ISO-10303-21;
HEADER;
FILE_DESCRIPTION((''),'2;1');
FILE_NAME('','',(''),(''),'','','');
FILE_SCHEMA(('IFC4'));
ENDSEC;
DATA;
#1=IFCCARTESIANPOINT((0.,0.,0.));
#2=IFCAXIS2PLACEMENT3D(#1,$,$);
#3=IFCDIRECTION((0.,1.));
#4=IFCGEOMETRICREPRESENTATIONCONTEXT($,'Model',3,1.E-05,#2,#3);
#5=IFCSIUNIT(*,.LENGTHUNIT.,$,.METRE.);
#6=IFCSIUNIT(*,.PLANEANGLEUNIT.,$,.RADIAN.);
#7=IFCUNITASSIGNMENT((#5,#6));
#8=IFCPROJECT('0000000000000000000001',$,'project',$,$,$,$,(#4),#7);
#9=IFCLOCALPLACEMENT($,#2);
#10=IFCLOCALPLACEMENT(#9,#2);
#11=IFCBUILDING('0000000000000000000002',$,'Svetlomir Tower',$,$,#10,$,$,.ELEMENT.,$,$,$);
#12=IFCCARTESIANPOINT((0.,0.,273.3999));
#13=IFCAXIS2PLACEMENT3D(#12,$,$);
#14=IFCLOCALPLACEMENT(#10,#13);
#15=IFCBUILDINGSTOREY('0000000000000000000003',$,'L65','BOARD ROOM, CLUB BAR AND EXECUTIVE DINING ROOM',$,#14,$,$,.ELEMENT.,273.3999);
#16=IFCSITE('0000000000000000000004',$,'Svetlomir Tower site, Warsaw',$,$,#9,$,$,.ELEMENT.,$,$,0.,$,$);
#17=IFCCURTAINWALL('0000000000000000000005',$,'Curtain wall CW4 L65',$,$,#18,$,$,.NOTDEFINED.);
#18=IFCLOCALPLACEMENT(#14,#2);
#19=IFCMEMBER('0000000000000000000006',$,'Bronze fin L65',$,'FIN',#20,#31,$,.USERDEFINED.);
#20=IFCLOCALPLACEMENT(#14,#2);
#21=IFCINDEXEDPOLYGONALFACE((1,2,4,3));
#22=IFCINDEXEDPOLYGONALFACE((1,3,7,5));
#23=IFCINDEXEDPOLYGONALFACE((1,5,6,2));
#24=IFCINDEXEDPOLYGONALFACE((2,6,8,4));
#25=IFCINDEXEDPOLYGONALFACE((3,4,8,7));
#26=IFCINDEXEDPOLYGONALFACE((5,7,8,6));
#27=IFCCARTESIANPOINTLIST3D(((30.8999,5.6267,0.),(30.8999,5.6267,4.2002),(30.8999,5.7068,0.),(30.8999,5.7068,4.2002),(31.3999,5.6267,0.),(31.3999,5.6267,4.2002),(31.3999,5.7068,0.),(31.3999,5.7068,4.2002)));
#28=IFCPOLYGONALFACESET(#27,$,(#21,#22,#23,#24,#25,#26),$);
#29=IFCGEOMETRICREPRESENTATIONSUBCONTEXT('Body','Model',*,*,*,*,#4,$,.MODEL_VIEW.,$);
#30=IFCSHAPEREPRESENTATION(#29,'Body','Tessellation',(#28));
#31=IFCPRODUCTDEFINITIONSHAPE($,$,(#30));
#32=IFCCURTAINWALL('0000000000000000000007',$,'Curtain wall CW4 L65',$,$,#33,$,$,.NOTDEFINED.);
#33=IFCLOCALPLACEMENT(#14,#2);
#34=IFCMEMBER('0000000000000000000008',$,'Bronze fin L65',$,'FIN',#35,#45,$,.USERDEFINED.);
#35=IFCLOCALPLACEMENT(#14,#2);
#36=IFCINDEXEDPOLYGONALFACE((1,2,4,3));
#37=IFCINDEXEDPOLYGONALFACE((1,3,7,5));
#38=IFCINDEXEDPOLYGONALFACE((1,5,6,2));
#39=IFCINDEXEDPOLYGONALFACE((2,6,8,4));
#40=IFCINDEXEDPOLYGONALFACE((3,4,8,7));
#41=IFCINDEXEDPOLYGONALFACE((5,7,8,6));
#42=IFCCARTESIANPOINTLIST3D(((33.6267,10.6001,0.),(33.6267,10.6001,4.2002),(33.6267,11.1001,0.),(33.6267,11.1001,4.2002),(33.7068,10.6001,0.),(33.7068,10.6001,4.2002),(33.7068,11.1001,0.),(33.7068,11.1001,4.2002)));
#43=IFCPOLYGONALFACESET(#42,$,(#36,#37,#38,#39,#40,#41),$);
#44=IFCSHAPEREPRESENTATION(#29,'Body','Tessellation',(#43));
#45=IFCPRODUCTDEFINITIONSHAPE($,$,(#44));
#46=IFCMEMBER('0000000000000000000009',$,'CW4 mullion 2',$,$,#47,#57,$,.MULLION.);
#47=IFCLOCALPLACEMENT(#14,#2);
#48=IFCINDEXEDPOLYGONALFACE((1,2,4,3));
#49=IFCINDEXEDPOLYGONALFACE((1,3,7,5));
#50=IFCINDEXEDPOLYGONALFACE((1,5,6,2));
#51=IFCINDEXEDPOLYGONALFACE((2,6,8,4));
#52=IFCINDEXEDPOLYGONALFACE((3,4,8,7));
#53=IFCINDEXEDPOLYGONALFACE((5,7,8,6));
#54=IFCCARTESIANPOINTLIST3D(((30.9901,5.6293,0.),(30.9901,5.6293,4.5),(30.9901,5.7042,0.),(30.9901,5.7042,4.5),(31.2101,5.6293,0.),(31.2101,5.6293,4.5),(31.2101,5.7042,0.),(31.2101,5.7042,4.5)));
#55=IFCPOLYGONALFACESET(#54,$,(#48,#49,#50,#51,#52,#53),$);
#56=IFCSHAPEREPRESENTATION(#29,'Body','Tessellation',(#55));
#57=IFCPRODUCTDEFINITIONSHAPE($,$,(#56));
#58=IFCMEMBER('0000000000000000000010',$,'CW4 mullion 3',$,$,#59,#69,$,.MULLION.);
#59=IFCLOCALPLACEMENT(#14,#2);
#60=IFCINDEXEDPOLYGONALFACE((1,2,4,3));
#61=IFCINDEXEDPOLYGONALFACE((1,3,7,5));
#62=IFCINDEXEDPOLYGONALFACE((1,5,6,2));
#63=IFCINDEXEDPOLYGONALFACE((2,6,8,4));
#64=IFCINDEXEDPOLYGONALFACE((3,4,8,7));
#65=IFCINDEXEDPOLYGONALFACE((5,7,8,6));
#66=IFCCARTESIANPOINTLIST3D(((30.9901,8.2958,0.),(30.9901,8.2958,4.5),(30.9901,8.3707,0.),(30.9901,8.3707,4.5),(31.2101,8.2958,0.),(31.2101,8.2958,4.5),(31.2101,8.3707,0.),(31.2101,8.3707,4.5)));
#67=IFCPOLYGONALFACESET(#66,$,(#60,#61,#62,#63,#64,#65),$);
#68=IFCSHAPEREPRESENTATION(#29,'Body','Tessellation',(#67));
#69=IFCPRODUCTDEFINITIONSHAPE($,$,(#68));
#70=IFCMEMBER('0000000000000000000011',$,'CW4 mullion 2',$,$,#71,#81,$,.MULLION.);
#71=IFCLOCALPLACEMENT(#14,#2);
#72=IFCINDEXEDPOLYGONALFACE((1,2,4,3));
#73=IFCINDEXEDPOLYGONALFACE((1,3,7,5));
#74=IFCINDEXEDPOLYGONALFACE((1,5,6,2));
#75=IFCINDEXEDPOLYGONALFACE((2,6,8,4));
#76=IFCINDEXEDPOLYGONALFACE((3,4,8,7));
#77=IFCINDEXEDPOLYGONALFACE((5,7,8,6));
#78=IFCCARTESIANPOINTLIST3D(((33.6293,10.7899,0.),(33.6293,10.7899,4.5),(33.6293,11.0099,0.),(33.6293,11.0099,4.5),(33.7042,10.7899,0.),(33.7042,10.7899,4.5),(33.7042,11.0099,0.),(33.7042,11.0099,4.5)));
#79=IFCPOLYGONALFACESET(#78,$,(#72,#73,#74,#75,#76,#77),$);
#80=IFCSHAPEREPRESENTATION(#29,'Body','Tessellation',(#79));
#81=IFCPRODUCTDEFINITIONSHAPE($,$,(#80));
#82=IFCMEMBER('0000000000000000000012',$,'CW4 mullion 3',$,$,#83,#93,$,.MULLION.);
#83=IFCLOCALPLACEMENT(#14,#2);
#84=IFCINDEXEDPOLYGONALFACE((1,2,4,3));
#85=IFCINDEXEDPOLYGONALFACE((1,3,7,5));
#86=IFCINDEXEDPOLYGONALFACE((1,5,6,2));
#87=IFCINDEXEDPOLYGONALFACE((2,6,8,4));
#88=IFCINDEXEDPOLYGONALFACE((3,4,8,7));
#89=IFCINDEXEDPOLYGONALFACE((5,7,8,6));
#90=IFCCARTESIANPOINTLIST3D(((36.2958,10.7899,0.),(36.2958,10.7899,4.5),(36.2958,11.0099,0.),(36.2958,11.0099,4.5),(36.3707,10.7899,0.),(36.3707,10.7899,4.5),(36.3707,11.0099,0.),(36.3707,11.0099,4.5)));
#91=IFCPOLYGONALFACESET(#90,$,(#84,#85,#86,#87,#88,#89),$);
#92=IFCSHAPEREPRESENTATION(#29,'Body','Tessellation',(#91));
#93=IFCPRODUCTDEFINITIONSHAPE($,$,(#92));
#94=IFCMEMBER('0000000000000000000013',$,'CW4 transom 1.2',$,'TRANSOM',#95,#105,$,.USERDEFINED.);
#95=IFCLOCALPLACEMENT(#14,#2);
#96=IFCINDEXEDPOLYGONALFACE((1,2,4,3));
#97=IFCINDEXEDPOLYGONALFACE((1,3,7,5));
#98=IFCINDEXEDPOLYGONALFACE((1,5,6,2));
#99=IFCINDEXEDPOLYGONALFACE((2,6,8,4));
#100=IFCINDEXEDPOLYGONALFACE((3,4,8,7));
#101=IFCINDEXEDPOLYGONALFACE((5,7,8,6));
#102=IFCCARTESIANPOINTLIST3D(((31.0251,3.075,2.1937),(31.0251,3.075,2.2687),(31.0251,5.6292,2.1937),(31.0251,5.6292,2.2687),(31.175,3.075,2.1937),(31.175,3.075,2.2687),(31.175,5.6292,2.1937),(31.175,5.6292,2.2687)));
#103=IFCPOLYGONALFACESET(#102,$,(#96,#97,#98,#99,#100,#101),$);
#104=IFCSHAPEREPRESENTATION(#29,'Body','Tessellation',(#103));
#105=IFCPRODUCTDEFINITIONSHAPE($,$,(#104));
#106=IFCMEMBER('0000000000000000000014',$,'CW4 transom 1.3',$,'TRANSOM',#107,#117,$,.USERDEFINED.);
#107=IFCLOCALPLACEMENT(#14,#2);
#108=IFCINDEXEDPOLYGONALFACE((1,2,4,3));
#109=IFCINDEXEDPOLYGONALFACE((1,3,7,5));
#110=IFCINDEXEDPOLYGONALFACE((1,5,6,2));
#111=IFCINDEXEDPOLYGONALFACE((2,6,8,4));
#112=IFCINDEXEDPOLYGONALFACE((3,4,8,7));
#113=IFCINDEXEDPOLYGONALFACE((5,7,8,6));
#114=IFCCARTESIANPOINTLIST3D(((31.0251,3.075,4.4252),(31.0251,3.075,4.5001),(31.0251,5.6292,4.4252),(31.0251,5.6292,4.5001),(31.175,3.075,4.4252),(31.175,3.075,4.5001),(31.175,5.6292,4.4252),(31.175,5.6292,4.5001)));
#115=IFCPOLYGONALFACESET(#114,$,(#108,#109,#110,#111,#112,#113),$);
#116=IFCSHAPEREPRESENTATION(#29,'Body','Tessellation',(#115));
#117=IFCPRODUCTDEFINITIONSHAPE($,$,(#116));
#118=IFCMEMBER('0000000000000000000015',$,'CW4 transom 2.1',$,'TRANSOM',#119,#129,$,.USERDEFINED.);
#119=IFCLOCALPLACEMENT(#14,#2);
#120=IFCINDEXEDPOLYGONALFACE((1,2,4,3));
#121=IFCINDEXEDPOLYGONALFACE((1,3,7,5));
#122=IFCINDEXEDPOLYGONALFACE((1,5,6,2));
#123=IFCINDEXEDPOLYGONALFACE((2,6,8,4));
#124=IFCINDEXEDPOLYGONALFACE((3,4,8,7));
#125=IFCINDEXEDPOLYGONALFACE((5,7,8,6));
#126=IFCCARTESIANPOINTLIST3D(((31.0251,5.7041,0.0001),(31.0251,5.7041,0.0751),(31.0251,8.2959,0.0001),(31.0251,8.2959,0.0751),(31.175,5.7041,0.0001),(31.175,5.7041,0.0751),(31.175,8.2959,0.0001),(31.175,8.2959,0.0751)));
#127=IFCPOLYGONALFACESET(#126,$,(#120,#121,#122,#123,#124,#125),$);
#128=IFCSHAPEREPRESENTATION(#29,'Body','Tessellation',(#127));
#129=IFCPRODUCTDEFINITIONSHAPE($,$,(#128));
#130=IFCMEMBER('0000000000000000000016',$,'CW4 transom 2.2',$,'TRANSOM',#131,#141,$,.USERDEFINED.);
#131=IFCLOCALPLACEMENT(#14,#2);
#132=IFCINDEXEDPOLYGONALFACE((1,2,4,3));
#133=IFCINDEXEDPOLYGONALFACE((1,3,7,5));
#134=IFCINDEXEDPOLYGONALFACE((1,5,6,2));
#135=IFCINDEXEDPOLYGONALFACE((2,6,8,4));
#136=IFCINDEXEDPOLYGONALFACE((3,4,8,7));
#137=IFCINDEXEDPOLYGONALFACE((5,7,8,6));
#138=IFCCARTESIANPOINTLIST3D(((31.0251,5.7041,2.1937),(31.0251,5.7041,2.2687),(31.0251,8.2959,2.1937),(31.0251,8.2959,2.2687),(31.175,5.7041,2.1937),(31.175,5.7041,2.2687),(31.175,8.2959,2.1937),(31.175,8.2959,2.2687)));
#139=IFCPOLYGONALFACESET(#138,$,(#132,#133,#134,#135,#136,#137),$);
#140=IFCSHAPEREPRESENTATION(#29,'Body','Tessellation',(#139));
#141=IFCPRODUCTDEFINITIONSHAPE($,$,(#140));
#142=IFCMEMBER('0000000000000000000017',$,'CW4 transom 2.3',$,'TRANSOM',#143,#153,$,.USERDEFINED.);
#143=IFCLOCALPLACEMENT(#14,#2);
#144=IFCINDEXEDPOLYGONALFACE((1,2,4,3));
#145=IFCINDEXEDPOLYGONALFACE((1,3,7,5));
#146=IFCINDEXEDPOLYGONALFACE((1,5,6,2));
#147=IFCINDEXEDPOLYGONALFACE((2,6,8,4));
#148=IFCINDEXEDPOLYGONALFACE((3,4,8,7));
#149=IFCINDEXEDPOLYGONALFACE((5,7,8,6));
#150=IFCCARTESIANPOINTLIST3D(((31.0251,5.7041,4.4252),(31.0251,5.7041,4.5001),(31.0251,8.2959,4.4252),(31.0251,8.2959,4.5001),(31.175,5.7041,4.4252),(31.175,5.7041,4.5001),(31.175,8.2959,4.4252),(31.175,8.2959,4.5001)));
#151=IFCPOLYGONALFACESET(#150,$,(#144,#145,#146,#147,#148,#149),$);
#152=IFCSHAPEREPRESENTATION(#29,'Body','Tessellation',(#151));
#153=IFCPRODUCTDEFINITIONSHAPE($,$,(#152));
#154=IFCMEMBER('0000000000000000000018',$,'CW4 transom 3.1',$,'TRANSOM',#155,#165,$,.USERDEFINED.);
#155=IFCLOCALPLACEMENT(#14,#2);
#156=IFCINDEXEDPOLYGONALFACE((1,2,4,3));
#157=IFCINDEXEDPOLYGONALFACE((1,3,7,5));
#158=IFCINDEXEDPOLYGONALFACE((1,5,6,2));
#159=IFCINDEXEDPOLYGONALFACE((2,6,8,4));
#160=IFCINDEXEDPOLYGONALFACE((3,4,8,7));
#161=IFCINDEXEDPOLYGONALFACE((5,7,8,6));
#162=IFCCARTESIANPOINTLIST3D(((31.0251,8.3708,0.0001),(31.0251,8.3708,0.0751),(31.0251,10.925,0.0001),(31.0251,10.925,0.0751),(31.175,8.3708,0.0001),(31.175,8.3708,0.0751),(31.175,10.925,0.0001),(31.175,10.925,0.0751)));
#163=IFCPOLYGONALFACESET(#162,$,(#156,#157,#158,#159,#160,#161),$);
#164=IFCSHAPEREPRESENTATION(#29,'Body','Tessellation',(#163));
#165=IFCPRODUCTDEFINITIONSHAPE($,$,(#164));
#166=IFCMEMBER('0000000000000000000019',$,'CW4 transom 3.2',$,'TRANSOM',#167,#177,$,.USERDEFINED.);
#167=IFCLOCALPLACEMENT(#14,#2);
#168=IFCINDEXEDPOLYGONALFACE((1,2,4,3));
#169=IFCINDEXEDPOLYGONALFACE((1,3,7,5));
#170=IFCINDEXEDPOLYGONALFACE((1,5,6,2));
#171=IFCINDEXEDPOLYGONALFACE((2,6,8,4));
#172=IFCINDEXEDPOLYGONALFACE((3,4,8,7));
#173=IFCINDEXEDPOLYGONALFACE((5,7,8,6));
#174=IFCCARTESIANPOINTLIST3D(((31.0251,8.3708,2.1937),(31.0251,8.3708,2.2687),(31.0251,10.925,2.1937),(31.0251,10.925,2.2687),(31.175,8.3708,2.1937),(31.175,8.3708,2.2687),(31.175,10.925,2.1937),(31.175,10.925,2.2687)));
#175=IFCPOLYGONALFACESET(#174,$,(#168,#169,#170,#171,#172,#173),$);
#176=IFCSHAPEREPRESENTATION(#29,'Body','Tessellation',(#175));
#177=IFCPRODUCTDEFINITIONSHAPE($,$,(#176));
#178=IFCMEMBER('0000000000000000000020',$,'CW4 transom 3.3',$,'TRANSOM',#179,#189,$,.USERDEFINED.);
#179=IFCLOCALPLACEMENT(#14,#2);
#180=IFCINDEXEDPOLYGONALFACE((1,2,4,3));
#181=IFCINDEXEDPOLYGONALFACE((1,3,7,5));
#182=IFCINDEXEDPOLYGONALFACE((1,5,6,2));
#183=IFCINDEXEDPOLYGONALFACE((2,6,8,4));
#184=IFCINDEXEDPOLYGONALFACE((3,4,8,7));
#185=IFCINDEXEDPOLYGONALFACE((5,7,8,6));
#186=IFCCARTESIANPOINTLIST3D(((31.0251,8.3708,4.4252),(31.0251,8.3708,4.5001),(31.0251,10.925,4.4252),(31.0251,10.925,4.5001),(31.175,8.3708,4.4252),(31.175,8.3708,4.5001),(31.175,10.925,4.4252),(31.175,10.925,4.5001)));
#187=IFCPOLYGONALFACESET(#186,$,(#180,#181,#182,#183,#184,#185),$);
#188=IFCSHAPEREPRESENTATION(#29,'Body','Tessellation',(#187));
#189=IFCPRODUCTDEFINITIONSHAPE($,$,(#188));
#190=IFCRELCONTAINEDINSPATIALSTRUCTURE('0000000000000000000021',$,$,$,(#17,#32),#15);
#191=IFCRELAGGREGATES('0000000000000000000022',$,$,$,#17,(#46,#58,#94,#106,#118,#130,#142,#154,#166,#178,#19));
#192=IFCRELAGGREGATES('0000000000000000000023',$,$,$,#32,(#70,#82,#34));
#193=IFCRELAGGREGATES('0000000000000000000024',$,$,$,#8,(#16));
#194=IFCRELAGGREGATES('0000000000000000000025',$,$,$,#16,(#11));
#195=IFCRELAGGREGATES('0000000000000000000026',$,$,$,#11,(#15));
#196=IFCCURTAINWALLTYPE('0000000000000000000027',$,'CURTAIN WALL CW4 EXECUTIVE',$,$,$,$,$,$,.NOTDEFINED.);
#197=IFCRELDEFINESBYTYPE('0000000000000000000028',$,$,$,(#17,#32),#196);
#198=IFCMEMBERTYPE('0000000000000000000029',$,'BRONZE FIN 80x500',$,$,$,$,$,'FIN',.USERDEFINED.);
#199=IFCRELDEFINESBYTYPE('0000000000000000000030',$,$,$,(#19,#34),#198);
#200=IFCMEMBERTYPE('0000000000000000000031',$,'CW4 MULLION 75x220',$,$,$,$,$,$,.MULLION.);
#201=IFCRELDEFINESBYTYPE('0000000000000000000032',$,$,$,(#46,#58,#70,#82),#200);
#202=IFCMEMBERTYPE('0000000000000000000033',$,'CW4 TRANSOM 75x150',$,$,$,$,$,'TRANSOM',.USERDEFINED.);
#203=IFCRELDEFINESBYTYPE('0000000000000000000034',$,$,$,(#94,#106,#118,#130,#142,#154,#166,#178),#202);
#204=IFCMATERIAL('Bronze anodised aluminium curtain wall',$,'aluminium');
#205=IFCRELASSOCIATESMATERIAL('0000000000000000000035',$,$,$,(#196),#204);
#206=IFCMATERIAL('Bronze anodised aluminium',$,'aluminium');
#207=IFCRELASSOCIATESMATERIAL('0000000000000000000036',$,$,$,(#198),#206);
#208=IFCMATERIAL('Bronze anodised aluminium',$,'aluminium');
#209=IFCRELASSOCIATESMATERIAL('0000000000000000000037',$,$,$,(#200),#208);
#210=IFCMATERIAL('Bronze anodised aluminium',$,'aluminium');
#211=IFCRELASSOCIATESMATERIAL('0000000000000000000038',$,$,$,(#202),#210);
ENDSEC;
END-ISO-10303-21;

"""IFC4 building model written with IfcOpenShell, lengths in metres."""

from ifc_helpers import new_model, si_unit, direction, frame, origin, origin_2d, place, context, subcontext, project, spatial, rectangle, extrude, material, material_profile, profile_set, type_object, element, aggregate, save


model = new_model("IFC4")

# Units and contexts
model_context = context("Model", 3, precision=1e-05, world=origin(), true_north=direction((0.0, 1.0)))
body_context = subcontext(model_context, "Body", "Model", "MODEL_VIEW")
ifc_project = project(units=[si_unit("LENGTHUNIT", "METRE"), si_unit("PLANEANGLEUNIT", "RADIAN")], contexts=[model_context])

# Site, building, storey
site_placement = place(None, origin())
site = spatial("IfcSite", under=ifc_project, at=site_placement, Name="Svetlomir Tower site, Warsaw", CompositionType="ELEMENT", RefElevation=0.0)
building_placement = place(site_placement, origin())
building = spatial("IfcBuilding", under=site, at=building_placement, Name="Svetlomir Tower", CompositionType="ELEMENT")
storey_placement = place(building_placement, frame((0.0, 0.0, 273.3999)))
storey = spatial("IfcBuildingStorey", under=building, at=storey_placement, Name="L65", Description="BOARD ROOM, CLUB BAR AND EXECUTIVE DINING ROOM", CompositionType="ELEMENT", Elevation=273.3999)

# Curtain walls, members
ifc_material_1 = material(Name="Bronze anodised aluminium curtain wall", Category="aluminium")
curtain_wall_type = type_object("IfcCurtainWallType", Name="CURTAIN WALL CW4 EXECUTIVE", PredefinedType="NOTDEFINED", material=ifc_material_1)
curtain_wall_1_placement = place(storey_placement, origin())
curtain_wall_1 = element("IfcCurtainWall", 1, at=curtain_wall_1_placement, inside=storey, type_object=curtain_wall_type, Name="Curtain wall CW4 L65", PredefinedType="NOTDEFINED")
ifc_material_2 = material(Name="Bronze anodised aluminium", Category="aluminium")
ifc_material_profile_1 = material_profile(ifc_material_2, rectangle(XDim=0.0801, YDim=0.5, at=origin_2d()), Name="FIN 80x500")
ifc_profile_set_1 = profile_set([ifc_material_profile_1], Name="Bronze anodised aluminium 6063-T6")
member_type_1 = type_object("IfcMemberType", Name="BRONZE FIN 80x500", ElementType="FIN", PredefinedType="USERDEFINED", material=ifc_profile_set_1)
member_1_placement = place(storey_placement, frame((31.1499, 5.6667, 0.0), z_axis=(0.0, 0.0, 1.0), x_axis=(0.0, 1.0, 0.0)))
member_1 = element("IfcMember", 2, at=member_1_placement, type_object=member_type_1, Name="Bronze fin L65", ObjectType="FIN", PredefinedType="USERDEFINED", context=body_context, shape_type="SweptSolid", body=[
    extrude(rectangle(XDim=0.0801, YDim=0.5, at=origin_2d()), origin(), (0.0, 0.0, 1.0), 4.2002),
])
curtain_wall_2_placement = place(storey_placement, origin())
curtain_wall_2 = element("IfcCurtainWall", 3, at=curtain_wall_2_placement, inside=storey, type_object=curtain_wall_type, Name="Curtain wall CW4 L65", PredefinedType="NOTDEFINED")
member_2_placement = place(storey_placement, frame((33.6667, 10.8501, 0.0), z_axis=(0.0, 0.0, 1.0), x_axis=(1.0, 0.0, 0.0)))
member_2 = element("IfcMember", 4, at=member_2_placement, type_object=member_type_1, Name="Bronze fin L65", ObjectType="FIN", PredefinedType="USERDEFINED", context=body_context, shape_type="SweptSolid", body=[
    extrude(rectangle(XDim=0.0801, YDim=0.5, at=origin_2d()), origin(), (0.0, 0.0, 1.0), 4.2002),
])

# Members
ifc_material_3 = material(Name="Bronze anodised aluminium", Category="aluminium")
ifc_material_profile_2 = material_profile(ifc_material_3, rectangle(XDim=0.075, YDim=0.22, at=origin_2d()), Name="AL 75x220")
ifc_profile_set_2 = profile_set([ifc_material_profile_2], Name="Bronze anodised aluminium 6063-T6")
member_type_2 = type_object("IfcMemberType", Name="CW4 MULLION 75x220", PredefinedType="MULLION", material=ifc_profile_set_2)
member_3_placement = place(storey_placement, frame((31.1001, 5.6667, 0.0), z_axis=(0.0, 0.0, 1.0), x_axis=(0.0, 1.0, 0.0)))
member_3 = element("IfcMember", 5, at=member_3_placement, type_object=member_type_2, Name="CW4 mullion 2", PredefinedType="MULLION", context=body_context, shape_type="SweptSolid", body=[
    extrude(rectangle(XDim=0.075, YDim=0.22, at=origin_2d()), origin(), (0.0, 0.0, 1.0), 4.5),
])
member_4_placement = place(storey_placement, frame((31.1001, 8.3333, 0.0), z_axis=(0.0, 0.0, 1.0), x_axis=(0.0, 1.0, 0.0)))
member_4 = element("IfcMember", 6, at=member_4_placement, type_object=member_type_2, Name="CW4 mullion 3", PredefinedType="MULLION", context=body_context, shape_type="SweptSolid", body=[
    extrude(rectangle(XDim=0.075, YDim=0.22, at=origin_2d()), origin(), (0.0, 0.0, 1.0), 4.5),
])
member_5_placement = place(storey_placement, frame((33.6667, 10.8999, 0.0), z_axis=(0.0, 0.0, 1.0), x_axis=(1.0, 0.0, 0.0)))
member_5 = element("IfcMember", 7, at=member_5_placement, type_object=member_type_2, Name="CW4 mullion 2", PredefinedType="MULLION", context=body_context, shape_type="SweptSolid", body=[
    extrude(rectangle(XDim=0.075, YDim=0.22, at=origin_2d()), origin(), (0.0, 0.0, 1.0), 4.5),
])
member_6_placement = place(storey_placement, frame((36.3333, 10.8999, 0.0), z_axis=(0.0, 0.0, 1.0), x_axis=(1.0, 0.0, 0.0)))
member_6 = element("IfcMember", 8, at=member_6_placement, type_object=member_type_2, Name="CW4 mullion 3", PredefinedType="MULLION", context=body_context, shape_type="SweptSolid", body=[
    extrude(rectangle(XDim=0.075, YDim=0.22, at=origin_2d()), origin(), (0.0, 0.0, 1.0), 4.5),
])
ifc_material_4 = material(Name="Bronze anodised aluminium", Category="aluminium")
ifc_material_profile_3 = material_profile(ifc_material_4, rectangle(XDim=0.1499, YDim=0.075, at=origin_2d()), Name="AL 150x75")
ifc_profile_set_3 = profile_set([ifc_material_profile_3], Name="Bronze anodised aluminium 6063-T6")
member_type_3 = type_object("IfcMemberType", Name="CW4 TRANSOM 75x150", ElementType="TRANSOM", PredefinedType="USERDEFINED", material=ifc_profile_set_3)
member_7_placement = place(storey_placement, frame((31.1001, 3.075, 2.2312), z_axis=(0.0, 1.0, 0.0), x_axis=(-1.0, 0.0, 0.0)))
member_7 = element("IfcMember", 9, at=member_7_placement, type_object=member_type_3, Name="CW4 transom 1.2", ObjectType="TRANSOM", PredefinedType="USERDEFINED", context=body_context, shape_type="SweptSolid", body=[
    extrude(rectangle(XDim=0.1499, YDim=0.075, at=origin_2d()), origin(), (0.0, 0.0, 1.0), 2.5542),
])
member_8_placement = place(storey_placement, frame((31.1001, 3.075, 4.4626), z_axis=(0.0, 1.0, 0.0), x_axis=(-1.0, 0.0, 0.0)))
member_8 = element("IfcMember", 10, at=member_8_placement, type_object=member_type_3, Name="CW4 transom 1.3", ObjectType="TRANSOM", PredefinedType="USERDEFINED", context=body_context, shape_type="SweptSolid", body=[
    extrude(rectangle(XDim=0.1499, YDim=0.075, at=origin_2d()), origin(), (0.0, 0.0, 1.0), 2.5542),
])
member_9_placement = place(storey_placement, frame((31.1001, 5.7041, 0.0376), z_axis=(0.0, 1.0, 0.0), x_axis=(-1.0, 0.0, 0.0)))
member_9 = element("IfcMember", 11, at=member_9_placement, type_object=member_type_3, Name="CW4 transom 2.1", ObjectType="TRANSOM", PredefinedType="USERDEFINED", context=body_context, shape_type="SweptSolid", body=[
    extrude(rectangle(XDim=0.1499, YDim=0.075, at=origin_2d()), origin(), (0.0, 0.0, 1.0), 2.5918),
])
member_10_placement = place(storey_placement, frame((31.1001, 5.7041, 2.2312), z_axis=(0.0, 1.0, 0.0), x_axis=(-1.0, 0.0, 0.0)))
member_10 = element("IfcMember", 12, at=member_10_placement, type_object=member_type_3, Name="CW4 transom 2.2", ObjectType="TRANSOM", PredefinedType="USERDEFINED", context=body_context, shape_type="SweptSolid", body=[
    extrude(rectangle(XDim=0.1499, YDim=0.075, at=origin_2d()), origin(), (0.0, 0.0, 1.0), 2.5918),
])
member_11_placement = place(storey_placement, frame((31.1001, 5.7041, 4.4626), z_axis=(0.0, 1.0, 0.0), x_axis=(-1.0, 0.0, 0.0)))
member_11 = element("IfcMember", 13, at=member_11_placement, type_object=member_type_3, Name="CW4 transom 2.3", ObjectType="TRANSOM", PredefinedType="USERDEFINED", context=body_context, shape_type="SweptSolid", body=[
    extrude(rectangle(XDim=0.1499, YDim=0.075, at=origin_2d()), origin(), (0.0, 0.0, 1.0), 2.5918),
])
member_12_placement = place(storey_placement, frame((31.1001, 8.3708, 0.0376), z_axis=(0.0, 1.0, 0.0), x_axis=(-1.0, 0.0, 0.0)))
member_12 = element("IfcMember", 14, at=member_12_placement, type_object=member_type_3, Name="CW4 transom 3.1", ObjectType="TRANSOM", PredefinedType="USERDEFINED", context=body_context, shape_type="SweptSolid", body=[
    extrude(rectangle(XDim=0.1499, YDim=0.075, at=origin_2d()), origin(), (0.0, 0.0, 1.0), 2.5542),
])
member_13_placement = place(storey_placement, frame((31.1001, 8.3708, 2.2312), z_axis=(0.0, 1.0, 0.0), x_axis=(-1.0, 0.0, 0.0)))
member_13 = element("IfcMember", 15, at=member_13_placement, type_object=member_type_3, Name="CW4 transom 3.2", ObjectType="TRANSOM", PredefinedType="USERDEFINED", context=body_context, shape_type="SweptSolid", body=[
    extrude(rectangle(XDim=0.1499, YDim=0.075, at=origin_2d()), origin(), (0.0, 0.0, 1.0), 2.5542),
])
member_14_placement = place(storey_placement, frame((31.1001, 8.3708, 4.4626), z_axis=(0.0, 1.0, 0.0), x_axis=(-1.0, 0.0, 0.0)))
member_14 = element("IfcMember", 16, at=member_14_placement, type_object=member_type_3, Name="CW4 transom 3.3", ObjectType="TRANSOM", PredefinedType="USERDEFINED", context=body_context, shape_type="SweptSolid", body=[
    extrude(rectangle(XDim=0.1499, YDim=0.075, at=origin_2d()), origin(), (0.0, 0.0, 1.0), 2.5542),
])

aggregate(curtain_wall_1, [member_3, member_4, member_7, member_8, member_9, member_10, member_11, member_12, member_13, member_14, member_1])
aggregate(curtain_wall_2, [member_5, member_6, member_2])

save(model, "model.ifc")
